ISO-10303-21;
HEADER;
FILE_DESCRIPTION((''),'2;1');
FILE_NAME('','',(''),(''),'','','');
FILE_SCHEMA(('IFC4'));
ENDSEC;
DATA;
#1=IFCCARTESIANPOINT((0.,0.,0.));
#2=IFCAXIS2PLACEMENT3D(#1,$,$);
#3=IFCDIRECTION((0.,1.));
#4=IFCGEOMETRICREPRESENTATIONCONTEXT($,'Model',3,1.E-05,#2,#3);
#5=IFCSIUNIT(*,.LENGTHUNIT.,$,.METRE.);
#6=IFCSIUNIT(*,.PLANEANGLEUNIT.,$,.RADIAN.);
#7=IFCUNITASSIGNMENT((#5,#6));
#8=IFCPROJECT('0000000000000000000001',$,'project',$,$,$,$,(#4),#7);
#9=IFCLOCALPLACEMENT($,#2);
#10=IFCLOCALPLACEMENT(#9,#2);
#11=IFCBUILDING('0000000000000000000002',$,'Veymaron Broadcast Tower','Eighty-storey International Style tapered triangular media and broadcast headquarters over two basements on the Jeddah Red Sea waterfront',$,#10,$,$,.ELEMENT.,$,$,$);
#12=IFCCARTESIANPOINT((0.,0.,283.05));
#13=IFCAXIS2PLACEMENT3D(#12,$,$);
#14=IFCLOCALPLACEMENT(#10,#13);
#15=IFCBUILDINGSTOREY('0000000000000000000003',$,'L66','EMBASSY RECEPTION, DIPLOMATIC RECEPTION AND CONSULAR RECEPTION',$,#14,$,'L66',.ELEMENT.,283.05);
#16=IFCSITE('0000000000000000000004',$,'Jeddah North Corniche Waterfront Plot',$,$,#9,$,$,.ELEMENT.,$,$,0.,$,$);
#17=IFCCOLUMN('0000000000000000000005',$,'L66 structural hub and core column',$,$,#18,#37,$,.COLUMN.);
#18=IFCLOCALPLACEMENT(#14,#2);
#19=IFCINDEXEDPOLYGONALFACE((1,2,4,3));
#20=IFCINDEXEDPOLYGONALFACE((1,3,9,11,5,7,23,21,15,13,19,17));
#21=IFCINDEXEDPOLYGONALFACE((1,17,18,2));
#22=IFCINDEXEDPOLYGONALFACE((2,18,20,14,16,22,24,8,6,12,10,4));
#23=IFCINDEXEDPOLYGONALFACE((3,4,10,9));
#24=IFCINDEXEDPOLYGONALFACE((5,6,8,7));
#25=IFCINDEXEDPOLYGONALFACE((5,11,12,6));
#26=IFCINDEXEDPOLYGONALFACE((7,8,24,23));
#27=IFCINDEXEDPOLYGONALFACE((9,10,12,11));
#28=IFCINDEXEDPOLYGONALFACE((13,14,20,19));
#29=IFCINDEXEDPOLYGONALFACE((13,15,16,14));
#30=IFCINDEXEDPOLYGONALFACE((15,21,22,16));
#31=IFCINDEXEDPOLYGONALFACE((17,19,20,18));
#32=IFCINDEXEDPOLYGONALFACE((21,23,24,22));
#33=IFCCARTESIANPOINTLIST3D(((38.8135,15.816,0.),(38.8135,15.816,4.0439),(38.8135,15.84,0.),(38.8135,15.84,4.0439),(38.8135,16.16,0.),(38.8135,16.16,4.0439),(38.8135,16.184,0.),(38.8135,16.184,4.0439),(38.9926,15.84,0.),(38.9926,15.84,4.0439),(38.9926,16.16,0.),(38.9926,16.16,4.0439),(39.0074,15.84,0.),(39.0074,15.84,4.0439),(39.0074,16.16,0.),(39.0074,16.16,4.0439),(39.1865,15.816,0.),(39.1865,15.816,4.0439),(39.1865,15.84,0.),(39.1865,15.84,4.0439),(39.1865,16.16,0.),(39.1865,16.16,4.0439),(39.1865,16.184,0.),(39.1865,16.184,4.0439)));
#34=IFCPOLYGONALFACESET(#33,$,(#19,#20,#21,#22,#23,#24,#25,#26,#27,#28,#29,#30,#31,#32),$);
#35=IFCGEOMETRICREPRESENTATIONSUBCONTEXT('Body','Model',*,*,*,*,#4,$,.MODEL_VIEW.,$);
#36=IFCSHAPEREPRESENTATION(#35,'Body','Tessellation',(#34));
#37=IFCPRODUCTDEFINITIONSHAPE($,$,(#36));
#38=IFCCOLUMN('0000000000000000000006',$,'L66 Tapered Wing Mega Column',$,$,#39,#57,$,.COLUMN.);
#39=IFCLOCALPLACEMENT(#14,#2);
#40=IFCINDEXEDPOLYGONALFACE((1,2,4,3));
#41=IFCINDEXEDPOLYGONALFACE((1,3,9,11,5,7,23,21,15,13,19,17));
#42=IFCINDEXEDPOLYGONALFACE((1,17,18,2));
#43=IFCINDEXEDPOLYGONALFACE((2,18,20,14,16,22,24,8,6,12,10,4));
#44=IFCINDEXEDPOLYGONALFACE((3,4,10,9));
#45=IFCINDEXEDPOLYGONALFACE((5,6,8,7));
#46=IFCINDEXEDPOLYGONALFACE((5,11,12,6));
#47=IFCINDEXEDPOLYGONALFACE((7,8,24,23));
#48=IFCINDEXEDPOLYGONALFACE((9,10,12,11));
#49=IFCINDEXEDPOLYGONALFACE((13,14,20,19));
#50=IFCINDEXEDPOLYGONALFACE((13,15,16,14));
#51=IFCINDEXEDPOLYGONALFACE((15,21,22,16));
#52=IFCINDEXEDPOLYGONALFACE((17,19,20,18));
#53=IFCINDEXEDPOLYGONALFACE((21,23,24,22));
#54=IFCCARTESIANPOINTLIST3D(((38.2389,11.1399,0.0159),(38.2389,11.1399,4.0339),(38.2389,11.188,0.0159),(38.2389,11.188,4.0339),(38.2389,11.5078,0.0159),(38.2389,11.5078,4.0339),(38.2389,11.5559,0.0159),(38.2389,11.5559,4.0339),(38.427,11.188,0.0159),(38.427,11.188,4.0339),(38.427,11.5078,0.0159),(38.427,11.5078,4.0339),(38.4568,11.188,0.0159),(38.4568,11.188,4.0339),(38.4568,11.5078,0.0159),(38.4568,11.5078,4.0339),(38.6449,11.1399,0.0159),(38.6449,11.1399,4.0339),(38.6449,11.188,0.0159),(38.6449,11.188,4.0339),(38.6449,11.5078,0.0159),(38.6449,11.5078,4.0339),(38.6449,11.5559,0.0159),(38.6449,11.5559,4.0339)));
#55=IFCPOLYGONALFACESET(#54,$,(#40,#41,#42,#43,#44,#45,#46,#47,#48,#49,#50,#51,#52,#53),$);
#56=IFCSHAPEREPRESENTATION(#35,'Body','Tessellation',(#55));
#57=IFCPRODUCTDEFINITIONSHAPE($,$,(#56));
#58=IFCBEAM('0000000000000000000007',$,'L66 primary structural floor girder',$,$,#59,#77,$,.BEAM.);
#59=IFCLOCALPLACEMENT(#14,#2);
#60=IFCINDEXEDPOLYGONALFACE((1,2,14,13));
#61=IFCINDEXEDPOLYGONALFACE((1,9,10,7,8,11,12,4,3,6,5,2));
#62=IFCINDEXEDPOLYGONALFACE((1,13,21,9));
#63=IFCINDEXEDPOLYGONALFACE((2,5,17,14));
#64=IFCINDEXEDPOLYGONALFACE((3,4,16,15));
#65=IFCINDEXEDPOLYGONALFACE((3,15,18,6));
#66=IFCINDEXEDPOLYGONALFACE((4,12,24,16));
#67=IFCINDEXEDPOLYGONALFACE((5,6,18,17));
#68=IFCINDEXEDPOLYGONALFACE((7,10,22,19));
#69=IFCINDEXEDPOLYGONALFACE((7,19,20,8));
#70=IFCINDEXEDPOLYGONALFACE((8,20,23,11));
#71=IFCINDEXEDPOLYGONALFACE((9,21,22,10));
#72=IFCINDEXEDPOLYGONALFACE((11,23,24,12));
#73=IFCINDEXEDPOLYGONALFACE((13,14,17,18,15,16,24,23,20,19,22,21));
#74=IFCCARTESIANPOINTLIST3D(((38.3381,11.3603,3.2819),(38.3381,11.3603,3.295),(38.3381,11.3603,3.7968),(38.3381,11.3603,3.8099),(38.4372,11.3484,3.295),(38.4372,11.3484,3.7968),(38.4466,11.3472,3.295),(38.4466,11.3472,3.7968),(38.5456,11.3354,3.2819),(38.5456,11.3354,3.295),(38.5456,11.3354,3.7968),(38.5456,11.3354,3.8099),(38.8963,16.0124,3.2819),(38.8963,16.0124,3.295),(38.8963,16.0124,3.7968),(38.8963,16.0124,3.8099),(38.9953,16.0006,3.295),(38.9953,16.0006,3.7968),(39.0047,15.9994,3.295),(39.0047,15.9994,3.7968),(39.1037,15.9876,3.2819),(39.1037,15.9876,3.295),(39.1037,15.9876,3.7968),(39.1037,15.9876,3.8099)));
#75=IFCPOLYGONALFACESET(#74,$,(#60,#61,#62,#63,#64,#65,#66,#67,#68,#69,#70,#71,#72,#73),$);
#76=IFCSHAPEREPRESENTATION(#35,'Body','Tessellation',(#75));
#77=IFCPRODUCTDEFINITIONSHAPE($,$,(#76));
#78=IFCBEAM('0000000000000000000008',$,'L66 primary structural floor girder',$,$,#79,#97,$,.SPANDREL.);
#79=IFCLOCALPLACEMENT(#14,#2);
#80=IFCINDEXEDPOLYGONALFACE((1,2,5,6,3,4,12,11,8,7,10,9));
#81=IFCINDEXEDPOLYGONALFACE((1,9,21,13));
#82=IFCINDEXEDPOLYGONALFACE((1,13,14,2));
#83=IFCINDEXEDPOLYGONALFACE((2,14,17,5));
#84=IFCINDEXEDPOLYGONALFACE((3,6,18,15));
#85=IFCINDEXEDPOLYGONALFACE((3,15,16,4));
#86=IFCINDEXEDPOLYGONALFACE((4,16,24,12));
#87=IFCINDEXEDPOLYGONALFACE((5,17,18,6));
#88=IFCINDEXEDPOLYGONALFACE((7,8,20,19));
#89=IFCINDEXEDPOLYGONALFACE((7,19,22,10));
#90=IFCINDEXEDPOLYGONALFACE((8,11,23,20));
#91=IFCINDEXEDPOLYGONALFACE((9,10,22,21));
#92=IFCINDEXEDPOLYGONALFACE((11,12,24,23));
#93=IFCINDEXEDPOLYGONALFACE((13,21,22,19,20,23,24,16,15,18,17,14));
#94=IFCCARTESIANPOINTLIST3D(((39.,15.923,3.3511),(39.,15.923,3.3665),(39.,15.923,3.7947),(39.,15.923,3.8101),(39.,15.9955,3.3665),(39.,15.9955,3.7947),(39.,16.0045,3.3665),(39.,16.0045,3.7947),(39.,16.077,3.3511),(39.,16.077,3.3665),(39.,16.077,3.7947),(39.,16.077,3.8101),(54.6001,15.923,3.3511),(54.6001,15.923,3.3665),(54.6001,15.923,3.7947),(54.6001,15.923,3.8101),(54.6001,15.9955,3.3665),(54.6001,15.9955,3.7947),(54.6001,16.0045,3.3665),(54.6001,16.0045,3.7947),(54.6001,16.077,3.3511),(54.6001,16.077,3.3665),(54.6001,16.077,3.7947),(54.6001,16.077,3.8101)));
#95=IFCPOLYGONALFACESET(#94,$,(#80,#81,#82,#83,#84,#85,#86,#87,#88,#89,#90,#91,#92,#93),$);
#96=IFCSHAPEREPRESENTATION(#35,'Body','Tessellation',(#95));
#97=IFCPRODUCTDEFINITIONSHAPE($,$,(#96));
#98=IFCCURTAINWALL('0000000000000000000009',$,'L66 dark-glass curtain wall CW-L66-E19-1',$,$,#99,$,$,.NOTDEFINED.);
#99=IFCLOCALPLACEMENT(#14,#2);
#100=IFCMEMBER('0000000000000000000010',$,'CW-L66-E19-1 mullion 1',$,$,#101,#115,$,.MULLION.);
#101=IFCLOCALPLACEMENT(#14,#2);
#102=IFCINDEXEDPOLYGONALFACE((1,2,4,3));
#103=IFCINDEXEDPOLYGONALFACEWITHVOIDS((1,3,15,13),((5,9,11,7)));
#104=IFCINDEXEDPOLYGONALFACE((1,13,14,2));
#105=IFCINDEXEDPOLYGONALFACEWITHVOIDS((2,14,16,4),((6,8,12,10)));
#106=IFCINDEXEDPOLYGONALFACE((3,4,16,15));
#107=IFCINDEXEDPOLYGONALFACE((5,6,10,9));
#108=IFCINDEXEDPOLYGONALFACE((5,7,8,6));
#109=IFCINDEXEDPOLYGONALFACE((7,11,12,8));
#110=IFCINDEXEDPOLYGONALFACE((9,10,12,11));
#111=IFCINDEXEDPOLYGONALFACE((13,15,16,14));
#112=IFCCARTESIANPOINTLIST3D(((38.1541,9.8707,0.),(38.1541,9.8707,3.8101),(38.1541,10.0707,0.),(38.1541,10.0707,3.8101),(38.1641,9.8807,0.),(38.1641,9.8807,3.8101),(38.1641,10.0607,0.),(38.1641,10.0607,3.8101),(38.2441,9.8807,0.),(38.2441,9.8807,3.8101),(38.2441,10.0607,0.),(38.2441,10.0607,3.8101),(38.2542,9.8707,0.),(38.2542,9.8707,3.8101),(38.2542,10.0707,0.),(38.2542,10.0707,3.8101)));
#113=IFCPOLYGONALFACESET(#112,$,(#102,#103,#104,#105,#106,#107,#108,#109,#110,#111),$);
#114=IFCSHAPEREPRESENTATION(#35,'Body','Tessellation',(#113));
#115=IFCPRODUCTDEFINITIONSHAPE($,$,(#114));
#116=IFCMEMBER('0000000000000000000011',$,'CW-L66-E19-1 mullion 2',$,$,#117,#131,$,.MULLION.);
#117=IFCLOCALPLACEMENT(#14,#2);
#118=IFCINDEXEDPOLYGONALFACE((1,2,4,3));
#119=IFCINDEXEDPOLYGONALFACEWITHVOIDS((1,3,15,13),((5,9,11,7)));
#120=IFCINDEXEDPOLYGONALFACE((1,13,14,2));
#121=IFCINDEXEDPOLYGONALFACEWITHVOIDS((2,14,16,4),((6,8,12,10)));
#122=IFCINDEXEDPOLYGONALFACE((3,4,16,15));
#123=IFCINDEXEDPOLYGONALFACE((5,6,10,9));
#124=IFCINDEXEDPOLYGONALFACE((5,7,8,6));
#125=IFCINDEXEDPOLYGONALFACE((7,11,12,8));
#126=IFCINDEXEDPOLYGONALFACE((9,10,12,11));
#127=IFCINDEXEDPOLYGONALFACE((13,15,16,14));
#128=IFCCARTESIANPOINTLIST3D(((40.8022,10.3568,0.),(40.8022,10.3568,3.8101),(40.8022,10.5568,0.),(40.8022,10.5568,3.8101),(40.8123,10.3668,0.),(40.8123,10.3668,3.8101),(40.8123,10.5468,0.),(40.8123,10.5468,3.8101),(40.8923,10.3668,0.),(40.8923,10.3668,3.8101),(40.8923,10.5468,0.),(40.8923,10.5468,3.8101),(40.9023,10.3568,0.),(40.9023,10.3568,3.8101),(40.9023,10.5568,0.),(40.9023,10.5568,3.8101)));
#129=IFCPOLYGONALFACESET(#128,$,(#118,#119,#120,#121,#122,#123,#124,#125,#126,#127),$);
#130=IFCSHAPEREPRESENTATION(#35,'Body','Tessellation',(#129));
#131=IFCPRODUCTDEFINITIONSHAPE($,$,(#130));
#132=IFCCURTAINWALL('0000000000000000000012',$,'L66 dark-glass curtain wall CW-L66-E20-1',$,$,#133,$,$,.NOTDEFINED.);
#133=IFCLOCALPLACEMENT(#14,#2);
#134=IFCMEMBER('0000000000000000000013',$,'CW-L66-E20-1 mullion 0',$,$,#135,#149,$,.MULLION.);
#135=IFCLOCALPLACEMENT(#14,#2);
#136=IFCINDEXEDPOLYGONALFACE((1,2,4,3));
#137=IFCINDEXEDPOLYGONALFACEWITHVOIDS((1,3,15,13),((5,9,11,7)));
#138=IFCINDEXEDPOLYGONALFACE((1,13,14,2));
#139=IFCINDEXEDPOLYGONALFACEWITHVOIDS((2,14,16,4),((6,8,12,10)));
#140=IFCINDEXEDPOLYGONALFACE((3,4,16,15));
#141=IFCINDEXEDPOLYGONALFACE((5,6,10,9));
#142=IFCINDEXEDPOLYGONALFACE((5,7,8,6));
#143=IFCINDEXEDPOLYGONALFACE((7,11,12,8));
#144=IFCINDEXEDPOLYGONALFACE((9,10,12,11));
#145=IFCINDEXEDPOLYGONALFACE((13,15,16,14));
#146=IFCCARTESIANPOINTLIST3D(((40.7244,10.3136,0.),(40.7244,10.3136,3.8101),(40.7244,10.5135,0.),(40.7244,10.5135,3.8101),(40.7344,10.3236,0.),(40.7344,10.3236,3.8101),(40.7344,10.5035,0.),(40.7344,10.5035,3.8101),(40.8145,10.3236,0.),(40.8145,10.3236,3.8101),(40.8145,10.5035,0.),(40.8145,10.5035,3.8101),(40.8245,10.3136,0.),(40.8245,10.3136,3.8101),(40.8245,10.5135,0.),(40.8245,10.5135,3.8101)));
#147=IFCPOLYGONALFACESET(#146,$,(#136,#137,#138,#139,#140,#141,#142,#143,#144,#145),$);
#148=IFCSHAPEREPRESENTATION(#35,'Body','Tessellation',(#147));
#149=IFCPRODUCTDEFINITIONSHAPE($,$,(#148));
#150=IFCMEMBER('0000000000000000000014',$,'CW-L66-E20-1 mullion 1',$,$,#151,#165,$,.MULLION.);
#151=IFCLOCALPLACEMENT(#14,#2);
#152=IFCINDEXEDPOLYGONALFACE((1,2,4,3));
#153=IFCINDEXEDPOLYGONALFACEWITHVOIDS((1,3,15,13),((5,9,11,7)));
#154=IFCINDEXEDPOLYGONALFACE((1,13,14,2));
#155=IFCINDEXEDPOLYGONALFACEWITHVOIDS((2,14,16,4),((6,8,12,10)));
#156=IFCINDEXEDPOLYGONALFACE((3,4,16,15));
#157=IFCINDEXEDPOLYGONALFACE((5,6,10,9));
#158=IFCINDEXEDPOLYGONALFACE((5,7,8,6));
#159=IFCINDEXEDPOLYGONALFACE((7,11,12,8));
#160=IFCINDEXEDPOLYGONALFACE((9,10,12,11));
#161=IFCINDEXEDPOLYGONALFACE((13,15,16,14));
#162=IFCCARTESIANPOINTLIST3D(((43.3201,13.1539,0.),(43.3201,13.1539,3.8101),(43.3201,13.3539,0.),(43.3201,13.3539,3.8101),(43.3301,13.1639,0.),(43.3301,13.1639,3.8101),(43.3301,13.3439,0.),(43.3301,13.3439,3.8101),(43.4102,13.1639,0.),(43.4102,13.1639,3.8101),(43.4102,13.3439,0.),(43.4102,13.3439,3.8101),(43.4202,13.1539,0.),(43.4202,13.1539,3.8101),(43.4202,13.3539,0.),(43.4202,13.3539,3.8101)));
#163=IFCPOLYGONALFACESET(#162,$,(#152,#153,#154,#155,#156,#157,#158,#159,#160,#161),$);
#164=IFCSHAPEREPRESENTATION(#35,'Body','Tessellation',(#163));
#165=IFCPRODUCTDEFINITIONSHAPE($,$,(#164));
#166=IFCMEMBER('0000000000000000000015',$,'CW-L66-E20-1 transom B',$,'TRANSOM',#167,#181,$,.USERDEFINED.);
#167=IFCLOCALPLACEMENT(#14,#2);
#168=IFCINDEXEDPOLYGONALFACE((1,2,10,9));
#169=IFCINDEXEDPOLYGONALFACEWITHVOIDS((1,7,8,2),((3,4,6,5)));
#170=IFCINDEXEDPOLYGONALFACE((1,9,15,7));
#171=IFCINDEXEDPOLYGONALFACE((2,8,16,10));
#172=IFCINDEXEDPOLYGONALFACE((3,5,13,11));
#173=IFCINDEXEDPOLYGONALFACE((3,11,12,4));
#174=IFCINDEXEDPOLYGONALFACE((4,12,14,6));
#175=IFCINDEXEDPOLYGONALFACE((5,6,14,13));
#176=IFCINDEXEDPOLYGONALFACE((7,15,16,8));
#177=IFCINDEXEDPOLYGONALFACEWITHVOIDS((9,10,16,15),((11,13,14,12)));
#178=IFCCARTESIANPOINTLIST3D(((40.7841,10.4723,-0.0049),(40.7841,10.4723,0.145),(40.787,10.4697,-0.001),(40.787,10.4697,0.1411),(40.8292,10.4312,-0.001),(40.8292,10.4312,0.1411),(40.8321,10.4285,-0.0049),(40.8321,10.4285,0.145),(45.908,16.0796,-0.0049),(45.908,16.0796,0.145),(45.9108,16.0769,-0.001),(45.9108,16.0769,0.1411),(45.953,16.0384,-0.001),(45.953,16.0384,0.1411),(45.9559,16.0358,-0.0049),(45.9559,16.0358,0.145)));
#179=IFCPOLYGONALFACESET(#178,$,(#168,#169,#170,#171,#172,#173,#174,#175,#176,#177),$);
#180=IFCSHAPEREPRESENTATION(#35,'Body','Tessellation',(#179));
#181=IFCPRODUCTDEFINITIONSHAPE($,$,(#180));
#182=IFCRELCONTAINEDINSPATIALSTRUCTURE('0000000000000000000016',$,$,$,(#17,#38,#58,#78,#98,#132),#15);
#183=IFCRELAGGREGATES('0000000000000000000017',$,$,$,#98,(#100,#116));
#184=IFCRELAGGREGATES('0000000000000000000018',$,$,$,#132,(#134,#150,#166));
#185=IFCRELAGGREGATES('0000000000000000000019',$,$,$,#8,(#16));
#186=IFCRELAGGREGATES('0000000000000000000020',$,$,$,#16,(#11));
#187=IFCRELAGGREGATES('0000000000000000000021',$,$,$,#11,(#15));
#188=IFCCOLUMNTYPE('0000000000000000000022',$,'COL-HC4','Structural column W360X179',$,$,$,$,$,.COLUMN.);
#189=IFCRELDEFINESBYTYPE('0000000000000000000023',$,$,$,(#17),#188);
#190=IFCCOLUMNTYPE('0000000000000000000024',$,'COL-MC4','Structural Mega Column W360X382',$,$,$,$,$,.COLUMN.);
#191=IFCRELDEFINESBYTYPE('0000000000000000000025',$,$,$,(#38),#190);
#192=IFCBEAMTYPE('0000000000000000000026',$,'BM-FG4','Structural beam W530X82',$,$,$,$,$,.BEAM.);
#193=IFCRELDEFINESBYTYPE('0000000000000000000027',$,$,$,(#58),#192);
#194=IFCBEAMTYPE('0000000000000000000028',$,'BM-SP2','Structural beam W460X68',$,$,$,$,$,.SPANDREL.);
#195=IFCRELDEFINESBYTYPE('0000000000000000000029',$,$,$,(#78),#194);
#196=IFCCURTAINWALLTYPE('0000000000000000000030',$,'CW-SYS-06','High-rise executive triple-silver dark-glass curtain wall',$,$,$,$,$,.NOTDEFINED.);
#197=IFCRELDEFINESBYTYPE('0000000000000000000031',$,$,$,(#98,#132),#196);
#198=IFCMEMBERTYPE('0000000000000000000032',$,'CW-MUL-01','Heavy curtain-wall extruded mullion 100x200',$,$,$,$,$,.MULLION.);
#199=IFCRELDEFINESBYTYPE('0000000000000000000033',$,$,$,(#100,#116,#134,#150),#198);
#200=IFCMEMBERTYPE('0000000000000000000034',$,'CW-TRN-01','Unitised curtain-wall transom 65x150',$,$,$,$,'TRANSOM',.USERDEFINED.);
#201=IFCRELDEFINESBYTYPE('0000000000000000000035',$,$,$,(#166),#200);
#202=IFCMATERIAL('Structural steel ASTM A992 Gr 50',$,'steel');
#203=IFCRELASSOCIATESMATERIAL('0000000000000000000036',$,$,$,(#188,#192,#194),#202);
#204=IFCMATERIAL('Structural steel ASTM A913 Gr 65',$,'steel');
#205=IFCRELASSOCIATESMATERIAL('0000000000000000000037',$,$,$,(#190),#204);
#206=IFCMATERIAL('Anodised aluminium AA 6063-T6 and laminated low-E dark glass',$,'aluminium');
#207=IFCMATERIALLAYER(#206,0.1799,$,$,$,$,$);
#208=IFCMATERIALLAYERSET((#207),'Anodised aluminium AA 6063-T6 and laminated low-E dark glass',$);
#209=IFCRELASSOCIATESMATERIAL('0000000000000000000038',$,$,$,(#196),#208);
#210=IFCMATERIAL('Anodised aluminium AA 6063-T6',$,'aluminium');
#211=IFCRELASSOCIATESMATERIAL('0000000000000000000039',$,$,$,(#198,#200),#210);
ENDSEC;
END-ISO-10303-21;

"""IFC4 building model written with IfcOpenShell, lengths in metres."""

from ifc_helpers import new_model, si_unit, direction, frame, origin, origin_2d, place, context, subcontext, project, spatial, hollow_rectangle, i_section, extrude, material, layer, layer_set, material_profile, profile_set, type_object, element, aggregate, save


model = new_model("IFC4")

# Units and contexts
model_context = context("Model", 3, precision=1e-05, world=origin(), true_north=direction((0.0, 1.0)))
body_context = subcontext(model_context, "Body", "Model", "MODEL_VIEW")
ifc_project = project(units=[si_unit("LENGTHUNIT", "METRE"), si_unit("PLANEANGLEUNIT", "RADIAN")], contexts=[model_context])

# Site, building, storey
site_placement = place(None, origin())
site = spatial("IfcSite", under=ifc_project, at=site_placement, Name="Jeddah North Corniche Waterfront Plot", CompositionType="ELEMENT", RefElevation=0.0)
building_placement = place(site_placement, origin())
building = spatial("IfcBuilding", under=site, at=building_placement, Name="Veymaron Broadcast Tower", Description="Eighty-storey International Style tapered triangular media and broadcast headquarters over two basements on the Jeddah Red Sea waterfront", CompositionType="ELEMENT")
storey_placement = place(building_placement, frame((0.0, 0.0, 283.05)))
storey = spatial("IfcBuildingStorey", under=building, at=storey_placement, Name="L66", Description="EMBASSY RECEPTION, DIPLOMATIC RECEPTION AND CONSULAR RECEPTION", LongName="L66", CompositionType="ELEMENT", Elevation=283.05)

# Columns
ifc_material_1 = material(Name="Structural steel ASTM A992 Gr 50", Category="steel")
ifc_material_profile_1 = material_profile(ifc_material_1, i_section(OverallWidth=0.373, OverallDepth=0.3679, WebThickness=0.0149, FlangeThickness=0.0239, at=origin_2d()), Name="W360X179")
ifc_profile_set_1 = profile_set([ifc_material_profile_1], Name="Structural steel ASTM A992 Gr 50")
column_type_1 = type_object("IfcColumnType", Name="COL-HC4", Description="Structural column W360X179", PredefinedType="COLUMN", material=ifc_profile_set_1)
column_1_placement = place(storey_placement, frame((39.0, 16.0, 0.0), z_axis=(0.0, 0.0, 1.0), x_axis=(1.0, 0.0, 0.0)))
element("IfcColumn", 1, at=column_1_placement, inside=storey, type_object=column_type_1, Name="L66 structural hub and core column", PredefinedType="COLUMN", context=body_context, shape_type="SweptSolid", body=[
    extrude(i_section(OverallWidth=0.373, OverallDepth=0.3679, WebThickness=0.0149, FlangeThickness=0.0239, at=origin_2d()), origin(), (0.0, 0.0, 1.0), 4.0439),
])
ifc_material_2 = material(Name="Structural steel ASTM A913 Gr 65", Category="steel")
ifc_material_profile_2 = material_profile(ifc_material_2, i_section(OverallWidth=0.406, OverallDepth=0.416, WebThickness=0.0298, FlangeThickness=0.0481, at=origin_2d()), Name="W360X382")
ifc_profile_set_2 = profile_set([ifc_material_profile_2], Name="Structural steel ASTM A913 Gr 65")
column_type_2 = type_object("IfcColumnType", Name="COL-MC4", Description="Structural Mega Column W360X382", PredefinedType="COLUMN", material=ifc_profile_set_2)
column_2_placement = place(storey_placement, frame((38.4419, 11.3479, 0.0159), z_axis=(0.0, 0.0, 1.0), x_axis=(1.0, 0.0, 0.0)))
element("IfcColumn", 2, at=column_2_placement, inside=storey, type_object=column_type_2, Name="L66 Tapered Wing Mega Column", PredefinedType="COLUMN", context=body_context, shape_type="SweptSolid", body=[
    extrude(i_section(OverallWidth=0.406, OverallDepth=0.416, WebThickness=0.0298, FlangeThickness=0.0481, at=origin_2d()), origin(), (0.0, 0.0, 1.0), 4.0181),
])

# Beams
ifc_material_profile_3 = material_profile(ifc_material_1, i_section(OverallWidth=0.209, OverallDepth=0.5281, WebThickness=0.0095, FlangeThickness=0.0132, at=origin_2d()), Name="W530X82")
ifc_profile_set_3 = profile_set([ifc_material_profile_3], Name="Structural steel ASTM A992 Gr 50")
beam_type_1 = type_object("IfcBeamType", Name="BM-FG4", Description="Structural beam W530X82", PredefinedType="BEAM", material=ifc_profile_set_3)
beam_1_placement = place(storey_placement, frame((39.0, 16.0, 3.5459), z_axis=(-0.119114, -0.992881, 0.0), x_axis=(0.992881, -0.119114, 0.0)))
element("IfcBeam", 3, at=beam_1_placement, inside=storey, type_object=beam_type_1, Name="L66 primary structural floor girder", PredefinedType="BEAM", context=body_context, shape_type="SweptSolid", body=[
    extrude(i_section(OverallWidth=0.209, OverallDepth=0.5281, WebThickness=0.0095, FlangeThickness=0.0132, at=origin_2d()), origin(), (0.0, 0.0, 1.0), 4.6855),
])
ifc_material_profile_4 = material_profile(ifc_material_1, i_section(OverallWidth=0.1541, OverallDepth=0.459, WebThickness=0.009, FlangeThickness=0.0154, at=origin_2d()), Name="W460X68")
ifc_profile_set_4 = profile_set([ifc_material_profile_4], Name="Structural steel ASTM A992 Gr 50")
beam_type_2 = type_object("IfcBeamType", Name="BM-SP2", Description="Structural beam W460X68", PredefinedType="SPANDREL", material=ifc_profile_set_4)
beam_2_placement = place(storey_placement, frame((39.0, 16.0, 3.5806), z_axis=(1.0, 0.0, 0.0), x_axis=(0.0, 1.0, 0.0)))
element("IfcBeam", 4, at=beam_2_placement, inside=storey, type_object=beam_type_2, Name="L66 primary structural floor girder", PredefinedType="SPANDREL", context=body_context, shape_type="SweptSolid", body=[
    extrude(i_section(OverallWidth=0.1541, OverallDepth=0.459, WebThickness=0.009, FlangeThickness=0.0154, at=origin_2d()), origin(), (0.0, 0.0, 1.0), 15.6001),
])

# Curtain walls, members
ifc_material_3 = material(Name="Anodised aluminium AA 6063-T6 and laminated low-E dark glass", Category="aluminium")
ifc_layer_1 = layer(ifc_material_3, 0.1799)
ifc_layer_set_1 = layer_set([ifc_layer_1], Name="Anodised aluminium AA 6063-T6 and laminated low-E dark glass")
curtain_wall_type = type_object("IfcCurtainWallType", Name="CW-SYS-06", Description="High-rise executive triple-silver dark-glass curtain wall", PredefinedType="NOTDEFINED", material=ifc_layer_set_1)
curtain_wall_1_placement = place(storey_placement, origin())
curtain_wall_1 = element("IfcCurtainWall", 5, at=curtain_wall_1_placement, inside=storey, type_object=curtain_wall_type, Name="L66 dark-glass curtain wall CW-L66-E19-1", PredefinedType="NOTDEFINED")
ifc_material_4 = material(Name="Anodised aluminium AA 6063-T6", Category="aluminium")
ifc_material_profile_5 = material_profile(ifc_material_4, hollow_rectangle(XDim=0.1001, YDim=0.2, WallThickness=0.01, at=origin_2d()), Name="RHS200X100X10")
ifc_profile_set_5 = profile_set([ifc_material_profile_5], Name="Anodised aluminium AA 6063-T6")
member_type_1 = type_object("IfcMemberType", Name="CW-MUL-01", Description="Heavy curtain-wall extruded mullion 100x200", PredefinedType="MULLION", material=ifc_profile_set_5)
member_1_placement = place(storey_placement, frame((38.2041, 9.9707, 0.0), z_axis=(0.0, 0.0, 1.0), x_axis=(1.0, 0.0, 0.0)))
member_1 = element("IfcMember", 6, at=member_1_placement, type_object=member_type_1, Name="CW-L66-E19-1 mullion 1", PredefinedType="MULLION", context=body_context, shape_type="SweptSolid", body=[
    extrude(hollow_rectangle(XDim=0.1001, YDim=0.2, WallThickness=0.01, at=origin_2d()), origin(), (0.0, 0.0, 1.0), 3.8101),
])
member_2_placement = place(storey_placement, frame((40.8523, 10.4568, 0.0), z_axis=(0.0, 0.0, 1.0), x_axis=(1.0, 0.0, 0.0)))
member_2 = element("IfcMember", 7, at=member_2_placement, type_object=member_type_1, Name="CW-L66-E19-1 mullion 2", PredefinedType="MULLION", context=body_context, shape_type="SweptSolid", body=[
    extrude(hollow_rectangle(XDim=0.1001, YDim=0.2, WallThickness=0.01, at=origin_2d()), origin(), (0.0, 0.0, 1.0), 3.8101),
])
curtain_wall_2_placement = place(storey_placement, origin())
curtain_wall_2 = element("IfcCurtainWall", 8, at=curtain_wall_2_placement, inside=storey, type_object=curtain_wall_type, Name="L66 dark-glass curtain wall CW-L66-E20-1", PredefinedType="NOTDEFINED")
member_3_placement = place(storey_placement, frame((40.7744, 10.4136, 0.0), z_axis=(0.0, 0.0, 1.0), x_axis=(1.0, 0.0, 0.0)))
member_3 = element("IfcMember", 9, at=member_3_placement, type_object=member_type_1, Name="CW-L66-E20-1 mullion 0", PredefinedType="MULLION", context=body_context, shape_type="SweptSolid", body=[
    extrude(hollow_rectangle(XDim=0.1001, YDim=0.2, WallThickness=0.01, at=origin_2d()), origin(), (0.0, 0.0, 1.0), 3.8101),
])
member_4_placement = place(storey_placement, frame((43.3701, 13.2539, 0.0), z_axis=(0.0, 0.0, 1.0), x_axis=(1.0, 0.0, 0.0)))
member_4 = element("IfcMember", 10, at=member_4_placement, type_object=member_type_1, Name="CW-L66-E20-1 mullion 1", PredefinedType="MULLION", context=body_context, shape_type="SweptSolid", body=[
    extrude(hollow_rectangle(XDim=0.1001, YDim=0.2, WallThickness=0.01, at=origin_2d()), origin(), (0.0, 0.0, 1.0), 3.8101),
])
ifc_material_profile_6 = material_profile(ifc_material_4, hollow_rectangle(XDim=0.0649, YDim=0.1499, WallThickness=0.0039, at=origin_2d()), Name="AL150X65X4")
ifc_profile_set_6 = profile_set([ifc_material_profile_6], Name="Anodised aluminium AA 6063-T6")
member_type_2 = type_object("IfcMemberType", Name="CW-TRN-01", Description="Unitised curtain-wall transom 65x150", ElementType="TRANSOM", PredefinedType="USERDEFINED", material=ifc_profile_set_6)
member_5_placement = place(storey_placement, frame((40.8081, 10.4504, 0.0701), z_axis=(0.67457, 0.738211, 0.0), x_axis=(-0.738211, 0.67457, 0.0)))
member_5 = element("IfcMember", 11, at=member_5_placement, type_object=member_type_2, Name="CW-L66-E20-1 transom B", ObjectType="TRANSOM", PredefinedType="USERDEFINED", context=body_context, shape_type="SweptSolid", body=[
    extrude(hollow_rectangle(XDim=0.0649, YDim=0.1499, WallThickness=0.0039, at=origin_2d()), origin(), (0.0, 0.0, 1.0), 7.5957),
])

aggregate(curtain_wall_1, [member_1, member_2])
aggregate(curtain_wall_2, [member_3, member_4, member_5])

save(model, "model.ifc")
